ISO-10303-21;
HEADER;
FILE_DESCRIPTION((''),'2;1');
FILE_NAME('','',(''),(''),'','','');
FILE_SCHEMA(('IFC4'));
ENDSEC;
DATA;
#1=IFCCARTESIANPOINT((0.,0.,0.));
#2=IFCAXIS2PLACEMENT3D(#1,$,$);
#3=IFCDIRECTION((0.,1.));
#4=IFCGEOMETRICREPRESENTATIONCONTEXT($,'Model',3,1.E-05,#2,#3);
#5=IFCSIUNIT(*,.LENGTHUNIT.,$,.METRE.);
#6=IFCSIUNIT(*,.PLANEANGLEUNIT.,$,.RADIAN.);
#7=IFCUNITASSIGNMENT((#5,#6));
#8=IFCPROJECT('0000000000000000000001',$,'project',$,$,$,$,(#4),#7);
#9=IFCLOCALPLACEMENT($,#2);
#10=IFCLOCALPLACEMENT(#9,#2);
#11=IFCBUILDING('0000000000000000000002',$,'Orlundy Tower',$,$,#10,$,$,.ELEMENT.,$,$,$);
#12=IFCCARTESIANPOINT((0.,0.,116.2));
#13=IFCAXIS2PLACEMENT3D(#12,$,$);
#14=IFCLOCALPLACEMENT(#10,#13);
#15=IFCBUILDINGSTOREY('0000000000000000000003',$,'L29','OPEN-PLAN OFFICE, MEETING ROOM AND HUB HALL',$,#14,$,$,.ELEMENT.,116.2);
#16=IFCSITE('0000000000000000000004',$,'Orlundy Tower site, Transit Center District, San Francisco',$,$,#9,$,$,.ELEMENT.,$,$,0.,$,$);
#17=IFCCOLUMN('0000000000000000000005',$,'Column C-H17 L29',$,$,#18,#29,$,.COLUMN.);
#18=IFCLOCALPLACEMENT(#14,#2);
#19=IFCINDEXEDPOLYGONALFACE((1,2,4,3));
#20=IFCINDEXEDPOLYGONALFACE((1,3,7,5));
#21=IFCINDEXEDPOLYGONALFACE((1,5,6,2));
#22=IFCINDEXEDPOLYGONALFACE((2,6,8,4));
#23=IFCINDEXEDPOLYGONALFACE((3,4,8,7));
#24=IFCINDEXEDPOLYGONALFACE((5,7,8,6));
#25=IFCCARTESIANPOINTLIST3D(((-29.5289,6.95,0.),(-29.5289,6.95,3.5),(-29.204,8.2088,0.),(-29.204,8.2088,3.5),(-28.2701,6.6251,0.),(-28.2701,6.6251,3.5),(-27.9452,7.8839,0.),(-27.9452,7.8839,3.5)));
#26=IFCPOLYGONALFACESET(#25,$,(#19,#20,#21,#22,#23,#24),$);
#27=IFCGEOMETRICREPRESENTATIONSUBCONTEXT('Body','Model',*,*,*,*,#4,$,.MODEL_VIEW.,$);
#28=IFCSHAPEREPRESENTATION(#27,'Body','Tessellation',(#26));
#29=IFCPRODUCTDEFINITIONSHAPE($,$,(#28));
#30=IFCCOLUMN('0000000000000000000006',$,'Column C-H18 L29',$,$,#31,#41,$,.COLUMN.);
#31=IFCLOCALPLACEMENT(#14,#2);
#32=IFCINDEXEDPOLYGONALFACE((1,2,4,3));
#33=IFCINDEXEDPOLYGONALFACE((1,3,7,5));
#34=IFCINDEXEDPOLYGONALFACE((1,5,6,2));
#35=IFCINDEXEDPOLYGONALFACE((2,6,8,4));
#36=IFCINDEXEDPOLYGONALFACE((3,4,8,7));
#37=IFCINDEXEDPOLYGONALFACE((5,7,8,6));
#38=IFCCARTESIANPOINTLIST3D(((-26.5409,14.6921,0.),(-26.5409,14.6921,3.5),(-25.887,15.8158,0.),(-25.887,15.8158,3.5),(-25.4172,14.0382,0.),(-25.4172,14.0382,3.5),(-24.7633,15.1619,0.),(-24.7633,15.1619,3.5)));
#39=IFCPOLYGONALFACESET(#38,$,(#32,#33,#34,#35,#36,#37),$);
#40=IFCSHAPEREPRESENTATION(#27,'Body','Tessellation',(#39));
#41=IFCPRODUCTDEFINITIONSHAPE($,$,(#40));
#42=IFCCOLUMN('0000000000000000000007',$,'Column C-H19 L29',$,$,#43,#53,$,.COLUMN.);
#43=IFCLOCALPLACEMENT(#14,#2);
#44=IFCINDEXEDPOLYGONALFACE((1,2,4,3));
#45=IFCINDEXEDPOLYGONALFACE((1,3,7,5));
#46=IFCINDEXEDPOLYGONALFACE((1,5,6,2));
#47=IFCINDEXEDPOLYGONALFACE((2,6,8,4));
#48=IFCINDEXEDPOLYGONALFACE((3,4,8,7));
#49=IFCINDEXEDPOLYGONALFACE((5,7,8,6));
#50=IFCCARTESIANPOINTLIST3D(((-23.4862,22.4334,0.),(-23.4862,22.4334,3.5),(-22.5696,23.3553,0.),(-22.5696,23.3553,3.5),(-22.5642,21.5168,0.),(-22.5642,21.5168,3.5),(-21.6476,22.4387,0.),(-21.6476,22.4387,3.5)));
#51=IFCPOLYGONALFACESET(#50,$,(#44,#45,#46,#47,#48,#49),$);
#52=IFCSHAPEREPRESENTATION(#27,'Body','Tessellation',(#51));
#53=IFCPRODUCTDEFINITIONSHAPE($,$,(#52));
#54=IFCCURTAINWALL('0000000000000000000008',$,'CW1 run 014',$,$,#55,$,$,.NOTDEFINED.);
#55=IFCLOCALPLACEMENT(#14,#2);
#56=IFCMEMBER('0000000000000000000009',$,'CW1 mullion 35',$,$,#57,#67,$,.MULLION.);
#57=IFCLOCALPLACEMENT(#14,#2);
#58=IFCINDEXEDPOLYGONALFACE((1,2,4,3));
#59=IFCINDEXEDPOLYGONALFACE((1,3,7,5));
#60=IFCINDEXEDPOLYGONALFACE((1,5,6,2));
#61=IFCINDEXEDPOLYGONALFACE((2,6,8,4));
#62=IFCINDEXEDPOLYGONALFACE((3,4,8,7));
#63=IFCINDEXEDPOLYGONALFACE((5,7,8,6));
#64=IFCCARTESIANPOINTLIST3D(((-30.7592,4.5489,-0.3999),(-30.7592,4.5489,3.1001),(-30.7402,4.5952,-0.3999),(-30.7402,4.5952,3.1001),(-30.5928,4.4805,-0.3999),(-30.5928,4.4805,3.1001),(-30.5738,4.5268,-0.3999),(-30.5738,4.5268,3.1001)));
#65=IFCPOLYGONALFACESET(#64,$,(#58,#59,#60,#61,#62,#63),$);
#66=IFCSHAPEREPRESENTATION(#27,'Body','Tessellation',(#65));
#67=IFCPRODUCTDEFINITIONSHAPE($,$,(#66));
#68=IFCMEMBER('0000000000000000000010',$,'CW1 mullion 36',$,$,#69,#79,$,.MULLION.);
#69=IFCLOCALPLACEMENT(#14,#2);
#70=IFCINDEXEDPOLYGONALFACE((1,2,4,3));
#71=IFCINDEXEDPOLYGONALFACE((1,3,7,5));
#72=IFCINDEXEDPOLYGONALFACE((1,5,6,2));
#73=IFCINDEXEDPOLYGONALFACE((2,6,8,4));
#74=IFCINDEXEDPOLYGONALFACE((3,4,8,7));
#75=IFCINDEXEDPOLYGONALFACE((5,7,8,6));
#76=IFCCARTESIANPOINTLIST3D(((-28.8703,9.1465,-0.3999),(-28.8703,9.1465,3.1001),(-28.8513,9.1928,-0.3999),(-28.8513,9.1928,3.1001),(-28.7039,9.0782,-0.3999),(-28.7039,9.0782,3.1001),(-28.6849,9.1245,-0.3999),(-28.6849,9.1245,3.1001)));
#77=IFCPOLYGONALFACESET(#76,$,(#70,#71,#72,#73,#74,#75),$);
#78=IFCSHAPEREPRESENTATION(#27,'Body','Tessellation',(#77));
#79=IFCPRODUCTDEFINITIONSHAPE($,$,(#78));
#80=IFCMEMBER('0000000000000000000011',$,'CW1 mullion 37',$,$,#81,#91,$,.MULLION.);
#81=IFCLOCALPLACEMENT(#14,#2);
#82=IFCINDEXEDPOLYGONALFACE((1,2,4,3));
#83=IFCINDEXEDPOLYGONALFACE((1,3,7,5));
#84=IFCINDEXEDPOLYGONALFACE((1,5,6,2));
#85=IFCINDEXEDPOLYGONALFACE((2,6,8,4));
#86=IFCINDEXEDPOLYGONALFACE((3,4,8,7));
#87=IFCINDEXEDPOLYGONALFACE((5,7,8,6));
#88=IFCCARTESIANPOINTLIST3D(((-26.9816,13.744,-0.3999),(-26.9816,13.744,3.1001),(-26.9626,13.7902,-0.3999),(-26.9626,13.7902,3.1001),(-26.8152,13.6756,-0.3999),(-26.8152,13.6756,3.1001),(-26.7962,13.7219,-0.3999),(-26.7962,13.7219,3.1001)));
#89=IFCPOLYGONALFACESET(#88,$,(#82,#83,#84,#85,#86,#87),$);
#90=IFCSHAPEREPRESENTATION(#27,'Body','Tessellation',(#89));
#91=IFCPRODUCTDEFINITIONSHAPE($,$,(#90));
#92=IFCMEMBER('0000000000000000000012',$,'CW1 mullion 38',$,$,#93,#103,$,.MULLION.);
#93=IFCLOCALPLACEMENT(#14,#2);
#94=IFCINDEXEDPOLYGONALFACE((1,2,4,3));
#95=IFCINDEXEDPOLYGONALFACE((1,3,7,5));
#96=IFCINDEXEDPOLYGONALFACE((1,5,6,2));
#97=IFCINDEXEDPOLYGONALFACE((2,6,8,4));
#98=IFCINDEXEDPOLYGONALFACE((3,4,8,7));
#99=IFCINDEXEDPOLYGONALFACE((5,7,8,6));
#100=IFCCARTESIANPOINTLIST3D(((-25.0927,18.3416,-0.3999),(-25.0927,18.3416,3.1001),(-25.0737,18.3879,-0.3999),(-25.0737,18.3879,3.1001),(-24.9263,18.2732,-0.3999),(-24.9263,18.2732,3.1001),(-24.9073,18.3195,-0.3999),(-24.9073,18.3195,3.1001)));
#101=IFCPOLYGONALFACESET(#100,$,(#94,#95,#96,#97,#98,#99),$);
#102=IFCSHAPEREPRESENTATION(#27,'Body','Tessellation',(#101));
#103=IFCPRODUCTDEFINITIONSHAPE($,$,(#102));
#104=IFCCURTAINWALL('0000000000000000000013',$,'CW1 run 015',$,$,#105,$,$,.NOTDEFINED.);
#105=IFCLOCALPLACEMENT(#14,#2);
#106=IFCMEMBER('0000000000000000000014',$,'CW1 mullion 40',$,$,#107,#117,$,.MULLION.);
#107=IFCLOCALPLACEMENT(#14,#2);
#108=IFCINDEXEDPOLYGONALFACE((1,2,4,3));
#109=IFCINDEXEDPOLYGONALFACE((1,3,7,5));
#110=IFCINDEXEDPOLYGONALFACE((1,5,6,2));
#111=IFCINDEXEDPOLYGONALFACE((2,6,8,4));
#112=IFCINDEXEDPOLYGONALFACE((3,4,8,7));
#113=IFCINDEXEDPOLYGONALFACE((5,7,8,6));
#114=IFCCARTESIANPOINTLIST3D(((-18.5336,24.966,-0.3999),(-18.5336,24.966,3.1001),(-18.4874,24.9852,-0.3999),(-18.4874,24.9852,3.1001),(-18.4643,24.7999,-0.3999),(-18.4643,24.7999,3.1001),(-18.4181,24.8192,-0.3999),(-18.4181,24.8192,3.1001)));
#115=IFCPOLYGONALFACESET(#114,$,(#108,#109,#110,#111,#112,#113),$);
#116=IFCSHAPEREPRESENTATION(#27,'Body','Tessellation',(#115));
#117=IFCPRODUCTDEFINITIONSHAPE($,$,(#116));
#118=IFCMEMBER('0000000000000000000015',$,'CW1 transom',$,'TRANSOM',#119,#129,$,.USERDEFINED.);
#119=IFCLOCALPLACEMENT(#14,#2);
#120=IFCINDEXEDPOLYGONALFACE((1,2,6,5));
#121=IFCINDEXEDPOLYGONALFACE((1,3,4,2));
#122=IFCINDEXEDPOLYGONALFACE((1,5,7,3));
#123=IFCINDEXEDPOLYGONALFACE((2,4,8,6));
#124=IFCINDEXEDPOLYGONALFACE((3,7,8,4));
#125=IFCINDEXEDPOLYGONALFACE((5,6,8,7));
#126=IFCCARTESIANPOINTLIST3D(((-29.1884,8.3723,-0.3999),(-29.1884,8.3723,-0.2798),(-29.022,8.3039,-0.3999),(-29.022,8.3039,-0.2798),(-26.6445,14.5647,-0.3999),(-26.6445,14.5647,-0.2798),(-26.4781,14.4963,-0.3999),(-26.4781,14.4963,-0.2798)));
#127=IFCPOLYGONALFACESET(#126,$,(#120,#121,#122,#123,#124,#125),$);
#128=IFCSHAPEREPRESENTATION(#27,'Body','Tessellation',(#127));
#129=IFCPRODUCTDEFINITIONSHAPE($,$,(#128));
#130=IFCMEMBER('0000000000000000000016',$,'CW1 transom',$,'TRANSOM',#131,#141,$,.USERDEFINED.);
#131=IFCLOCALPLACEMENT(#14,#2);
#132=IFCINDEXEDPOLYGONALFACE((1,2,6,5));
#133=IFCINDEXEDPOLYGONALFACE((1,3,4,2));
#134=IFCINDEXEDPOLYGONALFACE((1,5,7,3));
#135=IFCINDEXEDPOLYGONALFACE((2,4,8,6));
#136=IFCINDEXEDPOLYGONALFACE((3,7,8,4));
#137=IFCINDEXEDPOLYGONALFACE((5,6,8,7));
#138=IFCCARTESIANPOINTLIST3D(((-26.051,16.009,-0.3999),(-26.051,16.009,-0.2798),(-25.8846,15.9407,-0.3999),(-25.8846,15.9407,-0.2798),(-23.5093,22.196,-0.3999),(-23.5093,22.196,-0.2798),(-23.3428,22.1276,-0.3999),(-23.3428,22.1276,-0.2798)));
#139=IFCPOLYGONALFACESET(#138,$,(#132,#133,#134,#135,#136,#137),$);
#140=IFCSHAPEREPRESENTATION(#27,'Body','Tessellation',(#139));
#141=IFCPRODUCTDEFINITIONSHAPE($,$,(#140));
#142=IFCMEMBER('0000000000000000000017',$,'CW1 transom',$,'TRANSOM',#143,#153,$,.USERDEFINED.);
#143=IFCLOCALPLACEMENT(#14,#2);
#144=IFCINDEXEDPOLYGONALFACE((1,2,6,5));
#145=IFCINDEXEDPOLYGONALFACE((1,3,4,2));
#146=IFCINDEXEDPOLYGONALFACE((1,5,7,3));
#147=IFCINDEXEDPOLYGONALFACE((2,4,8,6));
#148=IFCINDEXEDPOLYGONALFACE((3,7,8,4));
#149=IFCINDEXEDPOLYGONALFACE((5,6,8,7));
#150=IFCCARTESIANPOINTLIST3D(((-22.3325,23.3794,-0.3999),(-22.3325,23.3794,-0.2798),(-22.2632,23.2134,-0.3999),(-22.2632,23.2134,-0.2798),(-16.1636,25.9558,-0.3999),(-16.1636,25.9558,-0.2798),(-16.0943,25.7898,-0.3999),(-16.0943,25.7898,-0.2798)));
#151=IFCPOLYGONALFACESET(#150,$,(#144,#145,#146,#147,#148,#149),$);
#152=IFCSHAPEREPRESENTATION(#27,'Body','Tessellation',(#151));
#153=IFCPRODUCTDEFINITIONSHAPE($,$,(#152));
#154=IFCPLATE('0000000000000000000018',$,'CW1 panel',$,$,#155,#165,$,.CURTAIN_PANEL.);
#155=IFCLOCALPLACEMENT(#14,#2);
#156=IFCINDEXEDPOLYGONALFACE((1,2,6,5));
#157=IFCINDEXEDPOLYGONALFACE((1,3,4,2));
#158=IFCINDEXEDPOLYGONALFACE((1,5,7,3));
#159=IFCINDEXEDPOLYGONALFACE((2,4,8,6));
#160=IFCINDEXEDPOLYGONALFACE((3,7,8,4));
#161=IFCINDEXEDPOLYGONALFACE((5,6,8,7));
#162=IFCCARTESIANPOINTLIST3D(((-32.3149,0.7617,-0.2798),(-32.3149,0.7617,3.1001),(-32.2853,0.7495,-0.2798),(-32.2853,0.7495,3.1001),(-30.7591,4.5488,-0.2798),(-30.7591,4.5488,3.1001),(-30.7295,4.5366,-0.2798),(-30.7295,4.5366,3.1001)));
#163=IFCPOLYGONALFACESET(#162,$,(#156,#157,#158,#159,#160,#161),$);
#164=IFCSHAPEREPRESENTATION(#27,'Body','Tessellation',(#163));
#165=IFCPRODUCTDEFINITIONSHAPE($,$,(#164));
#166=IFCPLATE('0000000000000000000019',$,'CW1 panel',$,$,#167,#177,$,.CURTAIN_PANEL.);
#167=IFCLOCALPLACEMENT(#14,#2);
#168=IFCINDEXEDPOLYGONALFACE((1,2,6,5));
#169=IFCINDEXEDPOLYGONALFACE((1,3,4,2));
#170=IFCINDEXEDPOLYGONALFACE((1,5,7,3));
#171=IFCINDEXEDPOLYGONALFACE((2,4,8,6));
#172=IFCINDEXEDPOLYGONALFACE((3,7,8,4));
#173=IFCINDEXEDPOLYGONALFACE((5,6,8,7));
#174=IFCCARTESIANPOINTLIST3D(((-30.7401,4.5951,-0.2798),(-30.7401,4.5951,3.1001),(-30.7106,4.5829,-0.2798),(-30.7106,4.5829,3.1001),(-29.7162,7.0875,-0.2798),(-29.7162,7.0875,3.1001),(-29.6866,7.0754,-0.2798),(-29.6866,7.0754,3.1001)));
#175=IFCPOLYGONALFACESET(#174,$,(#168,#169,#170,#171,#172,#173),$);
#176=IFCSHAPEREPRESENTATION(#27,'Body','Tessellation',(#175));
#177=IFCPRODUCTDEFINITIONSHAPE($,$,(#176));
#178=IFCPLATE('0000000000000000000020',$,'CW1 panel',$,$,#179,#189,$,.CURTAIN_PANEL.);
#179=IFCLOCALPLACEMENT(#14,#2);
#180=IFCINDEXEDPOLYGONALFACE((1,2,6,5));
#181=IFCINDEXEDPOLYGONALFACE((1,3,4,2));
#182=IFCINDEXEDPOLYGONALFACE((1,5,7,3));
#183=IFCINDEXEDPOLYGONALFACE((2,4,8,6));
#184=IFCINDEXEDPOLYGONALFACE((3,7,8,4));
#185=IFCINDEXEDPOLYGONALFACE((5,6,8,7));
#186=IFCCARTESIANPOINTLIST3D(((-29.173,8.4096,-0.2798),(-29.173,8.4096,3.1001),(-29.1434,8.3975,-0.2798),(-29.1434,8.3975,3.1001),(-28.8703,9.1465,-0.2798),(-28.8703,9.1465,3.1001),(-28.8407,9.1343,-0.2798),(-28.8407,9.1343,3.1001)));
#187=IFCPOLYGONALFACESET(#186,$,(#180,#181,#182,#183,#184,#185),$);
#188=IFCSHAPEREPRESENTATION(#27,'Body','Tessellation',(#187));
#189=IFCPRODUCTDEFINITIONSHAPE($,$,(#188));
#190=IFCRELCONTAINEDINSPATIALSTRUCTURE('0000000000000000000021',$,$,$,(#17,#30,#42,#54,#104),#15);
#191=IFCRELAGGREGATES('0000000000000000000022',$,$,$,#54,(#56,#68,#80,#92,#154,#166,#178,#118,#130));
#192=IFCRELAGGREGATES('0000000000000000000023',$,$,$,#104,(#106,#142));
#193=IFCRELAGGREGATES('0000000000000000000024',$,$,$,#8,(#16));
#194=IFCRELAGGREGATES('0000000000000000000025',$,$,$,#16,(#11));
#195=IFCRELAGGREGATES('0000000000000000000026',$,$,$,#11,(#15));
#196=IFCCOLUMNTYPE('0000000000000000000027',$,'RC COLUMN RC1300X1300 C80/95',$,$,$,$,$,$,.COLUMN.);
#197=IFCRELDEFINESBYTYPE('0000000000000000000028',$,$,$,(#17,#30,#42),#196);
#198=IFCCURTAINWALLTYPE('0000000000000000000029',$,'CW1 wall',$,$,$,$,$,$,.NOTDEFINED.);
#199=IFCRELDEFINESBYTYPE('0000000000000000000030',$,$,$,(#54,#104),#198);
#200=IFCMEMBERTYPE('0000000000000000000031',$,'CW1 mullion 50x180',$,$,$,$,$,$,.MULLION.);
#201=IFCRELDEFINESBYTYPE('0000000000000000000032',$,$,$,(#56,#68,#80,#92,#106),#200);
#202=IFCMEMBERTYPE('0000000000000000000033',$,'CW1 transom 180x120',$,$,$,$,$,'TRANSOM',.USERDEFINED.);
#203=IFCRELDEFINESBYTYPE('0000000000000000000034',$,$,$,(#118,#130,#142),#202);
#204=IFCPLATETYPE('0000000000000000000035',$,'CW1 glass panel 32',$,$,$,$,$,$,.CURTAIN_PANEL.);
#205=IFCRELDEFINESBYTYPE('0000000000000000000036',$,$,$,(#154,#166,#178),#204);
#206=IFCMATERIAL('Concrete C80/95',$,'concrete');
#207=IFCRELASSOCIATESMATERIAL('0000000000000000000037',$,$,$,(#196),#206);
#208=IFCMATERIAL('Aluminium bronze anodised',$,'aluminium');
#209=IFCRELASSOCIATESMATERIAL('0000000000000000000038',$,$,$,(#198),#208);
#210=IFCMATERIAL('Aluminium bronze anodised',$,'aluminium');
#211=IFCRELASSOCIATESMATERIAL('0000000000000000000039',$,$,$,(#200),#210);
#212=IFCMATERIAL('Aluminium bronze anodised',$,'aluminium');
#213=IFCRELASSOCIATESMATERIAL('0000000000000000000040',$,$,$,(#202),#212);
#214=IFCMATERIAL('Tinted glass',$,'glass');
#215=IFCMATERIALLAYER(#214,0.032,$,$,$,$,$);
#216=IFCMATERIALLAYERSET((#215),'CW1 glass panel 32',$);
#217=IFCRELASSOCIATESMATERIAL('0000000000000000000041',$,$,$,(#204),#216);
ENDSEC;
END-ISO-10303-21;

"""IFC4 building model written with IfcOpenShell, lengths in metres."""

from ifc_helpers import new_model, si_unit, direction, frame, origin, origin_2d, place, context, subcontext, project, spatial, rectangle, extrude, material, layer, layer_set, material_profile, profile_set, type_object, element, aggregate, save


model = new_model("IFC4")

# Units and contexts
model_context = context("Model", 3, precision=1e-05, world=origin(), true_north=direction((0.0, 1.0)))
body_context = subcontext(model_context, "Body", "Model", "MODEL_VIEW")
ifc_project = project(units=[si_unit("LENGTHUNIT", "METRE"), si_unit("PLANEANGLEUNIT", "RADIAN")], contexts=[model_context])

# Site, building, storey
site_placement = place(None, origin())
site = spatial("IfcSite", under=ifc_project, at=site_placement, Name="Orlundy Tower site, Transit Center District, San Francisco", CompositionType="ELEMENT", RefElevation=0.0)
building_placement = place(site_placement, origin())
building = spatial("IfcBuilding", under=site, at=building_placement, Name="Orlundy Tower", CompositionType="ELEMENT")
storey_placement = place(building_placement, frame((0.0, 0.0, 116.2)))
storey = spatial("IfcBuildingStorey", under=building, at=storey_placement, Name="L29", Description="OPEN-PLAN OFFICE, MEETING ROOM AND HUB HALL", CompositionType="ELEMENT", Elevation=116.2)

# Columns
ifc_material_1 = material(Name="Concrete C80/95", Category="concrete")
ifc_material_profile_1 = material_profile(ifc_material_1, rectangle(XDim=1.3, YDim=1.3, at=origin_2d()), Name="RC1300X1300")
ifc_profile_set_1 = profile_set([ifc_material_profile_1], Name="Concrete C80/95")
column_type = type_object("IfcColumnType", Name="RC COLUMN RC1300X1300 C80/95", PredefinedType="COLUMN", material=ifc_profile_set_1)
for number, where, z_axis, x_axis, name in (
    (1, (-28.7371, 7.417, 0.0), (0.0, 0.0, 1.0), (-0.96827, 0.249907, 0.0), "Column C-H17 L29"),
    (2, (-25.6521, 14.927, 0.0), (0.0, 0.0, 1.0), (-0.864319, 0.502945, 0.0), "Column C-H18 L29"),
    (3, (-22.5669, 22.436, 0.0), (0.0, 0.0, 1.0), (-0.709165, 0.705043, 0.0), "Column C-H19 L29"),
):
    element("IfcColumn", number, at=place(storey_placement, frame(where, z_axis=z_axis, x_axis=x_axis)), inside=storey, type_object=column_type, Name=name, PredefinedType="COLUMN", context=body_context, shape_type="SweptSolid", body=[
        extrude(rectangle(XDim=1.3, YDim=1.3, at=origin_2d()), origin(), (0.0, 0.0, 1.0), 3.5),
    ])

# Curtain wall, members
ifc_material_2 = material(Name="Aluminium bronze anodised", Category="aluminium")
curtain_wall_type = type_object("IfcCurtainWallType", Name="CW1 wall", PredefinedType="NOTDEFINED", material=ifc_material_2)
curtain_wall_1_placement = place(storey_placement, origin())
curtain_wall_1 = element("IfcCurtainWall", 4, at=curtain_wall_1_placement, inside=storey, type_object=curtain_wall_type, Name="CW1 run 014", PredefinedType="NOTDEFINED")
ifc_material_3 = material(Name="Aluminium bronze anodised", Category="aluminium")
ifc_material_profile_2 = material_profile(ifc_material_3, rectangle(XDim=0.1799, YDim=0.05, at=origin_2d()), Name="CW1 mullion 50x180")
ifc_profile_set_2 = profile_set([ifc_material_profile_2], Name="Aluminium bronze anodised")
member_type_1 = type_object("IfcMemberType", Name="CW1 mullion 50x180", PredefinedType="MULLION", material=ifc_profile_set_2)
member_1_placement = place(storey_placement, frame((-30.6665, 4.5378, -0.3999), z_axis=(0.0, 0.0, 1.0), x_axis=(-0.924984, 0.380005, 0.0)))
member_1 = element("IfcMember", 5, at=member_1_placement, type_object=member_type_1, Name="CW1 mullion 35", PredefinedType="MULLION", context=body_context, shape_type="SweptSolid", body=[
    extrude(rectangle(XDim=0.1799, YDim=0.05, at=origin_2d()), origin(), (0.0, 0.0, 1.0), 3.5),
])
member_2_placement = place(storey_placement, frame((-28.7776, 9.1355, -0.3999), z_axis=(0.0, 0.0, 1.0), x_axis=(-0.924984, 0.380005, 0.0)))
member_2 = element("IfcMember", 6, at=member_2_placement, type_object=member_type_1, Name="CW1 mullion 36", PredefinedType="MULLION", context=body_context, shape_type="SweptSolid", body=[
    extrude(rectangle(XDim=0.1799, YDim=0.05, at=origin_2d()), origin(), (0.0, 0.0, 1.0), 3.5),
])
member_3_placement = place(storey_placement, frame((-26.8889, 13.7329, -0.3999), z_axis=(0.0, 0.0, 1.0), x_axis=(-0.924984, 0.380005, 0.0)))
member_3 = element("IfcMember", 7, at=member_3_placement, type_object=member_type_1, Name="CW1 mullion 37", PredefinedType="MULLION", context=body_context, shape_type="SweptSolid", body=[
    extrude(rectangle(XDim=0.1799, YDim=0.05, at=origin_2d()), origin(), (0.0, 0.0, 1.0), 3.5),
])
member_4_placement = place(storey_placement, frame((-25.0, 18.3306, -0.3999), z_axis=(0.0, 0.0, 1.0), x_axis=(-0.924984, 0.380005, 0.0)))
member_4 = element("IfcMember", 8, at=member_4_placement, type_object=member_type_1, Name="CW1 mullion 38", PredefinedType="MULLION", context=body_context, shape_type="SweptSolid", body=[
    extrude(rectangle(XDim=0.1799, YDim=0.05, at=origin_2d()), origin(), (0.0, 0.0, 1.0), 3.5),
])

# Curtain wall, member
curtain_wall_2_placement = place(storey_placement, origin())
curtain_wall_2 = element("IfcCurtainWall", 9, at=curtain_wall_2_placement, inside=storey, type_object=curtain_wall_type, Name="CW1 run 015", PredefinedType="NOTDEFINED")
member_5_placement = place(storey_placement, frame((-18.4758, 24.8926, -0.3999), z_axis=(0.0, 0.0, 1.0), x_axis=(-0.385375, 0.92276, 0.0)))
member_5 = element("IfcMember", 10, at=member_5_placement, type_object=member_type_1, Name="CW1 mullion 40", PredefinedType="MULLION", context=body_context, shape_type="SweptSolid", body=[
    extrude(rectangle(XDim=0.1799, YDim=0.05, at=origin_2d()), origin(), (0.0, 0.0, 1.0), 3.5),
])

# Members
ifc_material_4 = material(Name="Aluminium bronze anodised", Category="aluminium")
ifc_material_profile_3 = material_profile(ifc_material_4, rectangle(XDim=0.1799, YDim=0.1201, at=origin_2d()), Name="CW1 transom 180x120")
ifc_profile_set_3 = profile_set([ifc_material_profile_3], Name="Aluminium bronze anodised")
member_type_2 = type_object("IfcMemberType", Name="CW1 transom 180x120", ElementType="TRANSOM", PredefinedType="USERDEFINED", material=ifc_profile_set_3)
member_6_placement = place(storey_placement, frame((-29.1052, 8.3381, -0.3398), z_axis=(0.380001, 0.924986, 0.0), x_axis=(-0.924986, 0.380001, 0.0)))
member_6 = element("IfcMember", 11, at=member_6_placement, type_object=member_type_2, Name="CW1 transom", ObjectType="TRANSOM", PredefinedType="USERDEFINED", context=body_context, shape_type="SweptSolid", body=[
    extrude(rectangle(XDim=0.1799, YDim=0.1201, at=origin_2d()), origin(), (0.0, 0.0, 1.0), 6.6946),
])
member_7_placement = place(storey_placement, frame((-25.9678, 15.9749, -0.3398), z_axis=(0.380003, 0.924985, 0.0), x_axis=(-0.924985, 0.380003, 0.0)))
member_7 = element("IfcMember", 12, at=member_7_placement, type_object=member_type_2, Name="CW1 transom", ObjectType="TRANSOM", PredefinedType="USERDEFINED", context=body_context, shape_type="SweptSolid", body=[
    extrude(rectangle(XDim=0.1799, YDim=0.1201, at=origin_2d()), origin(), (0.0, 0.0, 1.0), 6.6887),
])
member_8_placement = place(storey_placement, frame((-22.2979, 23.2964, -0.3398), z_axis=(0.922757, 0.385383, 0.0), x_axis=(-0.385383, 0.922757, 0.0)))
member_8 = element("IfcMember", 13, at=member_8_placement, type_object=member_type_2, Name="CW1 transom", ObjectType="TRANSOM", PredefinedType="USERDEFINED", context=body_context, shape_type="SweptSolid", body=[
    extrude(rectangle(XDim=0.1799, YDim=0.1201, at=origin_2d()), origin(), (0.0, 0.0, 1.0), 6.6853),
])

# Plates
ifc_material_5 = material(Name="Tinted glass", Category="glass")
ifc_layer_1 = layer(ifc_material_5, 0.032)
ifc_layer_set_1 = layer_set([ifc_layer_1], Name="CW1 glass panel 32")
plate_type = type_object("IfcPlateType", Name="CW1 glass panel 32", PredefinedType="CURTAIN_PANEL", material=ifc_layer_set_1)
plate_1_placement = place(storey_placement, frame((-31.5222, 2.6492, -0.2798), z_axis=(0.0, 0.0, 1.0), x_axis=(0.380005, 0.924984, 0.0)))
plate_1 = element("IfcPlate", 14, at=plate_1_placement, type_object=plate_type, Name="CW1 panel", PredefinedType="CURTAIN_PANEL", context=body_context, shape_type="SweptSolid", body=[
    extrude(rectangle(XDim=4.0942, YDim=0.032, at=origin_2d()), origin(), (0.0, 0.0, 1.0), 3.3799),
])
plate_2_placement = place(storey_placement, frame((-30.2134, 5.8352, -0.2798), z_axis=(0.0, 0.0, 1.0), x_axis=(0.380005, 0.924984, 0.0)))
plate_2 = element("IfcPlate", 15, at=plate_2_placement, type_object=plate_type, Name="CW1 panel", PredefinedType="CURTAIN_PANEL", context=body_context, shape_type="SweptSolid", body=[
    extrude(rectangle(XDim=2.6946, YDim=0.032, at=origin_2d()), origin(), (0.0, 0.0, 1.0), 3.3799),
])
plate_3_placement = place(storey_placement, frame((-29.0068, 8.772, -0.2798), z_axis=(0.0, 0.0, 1.0), x_axis=(0.380005, 0.924984, 0.0)))
plate_3 = element("IfcPlate", 16, at=plate_3_placement, type_object=plate_type, Name="CW1 panel", PredefinedType="CURTAIN_PANEL", context=body_context, shape_type="SweptSolid", body=[
    extrude(rectangle(XDim=0.7966, YDim=0.032, at=origin_2d()), origin(), (0.0, 0.0, 1.0), 3.3799),
])
aggregate(curtain_wall_1, [member_1, member_2, member_3, member_4, plate_1, plate_2, plate_3, member_6, member_7])
aggregate(curtain_wall_2, [member_5, member_8])

save(model, "model.ifc")
